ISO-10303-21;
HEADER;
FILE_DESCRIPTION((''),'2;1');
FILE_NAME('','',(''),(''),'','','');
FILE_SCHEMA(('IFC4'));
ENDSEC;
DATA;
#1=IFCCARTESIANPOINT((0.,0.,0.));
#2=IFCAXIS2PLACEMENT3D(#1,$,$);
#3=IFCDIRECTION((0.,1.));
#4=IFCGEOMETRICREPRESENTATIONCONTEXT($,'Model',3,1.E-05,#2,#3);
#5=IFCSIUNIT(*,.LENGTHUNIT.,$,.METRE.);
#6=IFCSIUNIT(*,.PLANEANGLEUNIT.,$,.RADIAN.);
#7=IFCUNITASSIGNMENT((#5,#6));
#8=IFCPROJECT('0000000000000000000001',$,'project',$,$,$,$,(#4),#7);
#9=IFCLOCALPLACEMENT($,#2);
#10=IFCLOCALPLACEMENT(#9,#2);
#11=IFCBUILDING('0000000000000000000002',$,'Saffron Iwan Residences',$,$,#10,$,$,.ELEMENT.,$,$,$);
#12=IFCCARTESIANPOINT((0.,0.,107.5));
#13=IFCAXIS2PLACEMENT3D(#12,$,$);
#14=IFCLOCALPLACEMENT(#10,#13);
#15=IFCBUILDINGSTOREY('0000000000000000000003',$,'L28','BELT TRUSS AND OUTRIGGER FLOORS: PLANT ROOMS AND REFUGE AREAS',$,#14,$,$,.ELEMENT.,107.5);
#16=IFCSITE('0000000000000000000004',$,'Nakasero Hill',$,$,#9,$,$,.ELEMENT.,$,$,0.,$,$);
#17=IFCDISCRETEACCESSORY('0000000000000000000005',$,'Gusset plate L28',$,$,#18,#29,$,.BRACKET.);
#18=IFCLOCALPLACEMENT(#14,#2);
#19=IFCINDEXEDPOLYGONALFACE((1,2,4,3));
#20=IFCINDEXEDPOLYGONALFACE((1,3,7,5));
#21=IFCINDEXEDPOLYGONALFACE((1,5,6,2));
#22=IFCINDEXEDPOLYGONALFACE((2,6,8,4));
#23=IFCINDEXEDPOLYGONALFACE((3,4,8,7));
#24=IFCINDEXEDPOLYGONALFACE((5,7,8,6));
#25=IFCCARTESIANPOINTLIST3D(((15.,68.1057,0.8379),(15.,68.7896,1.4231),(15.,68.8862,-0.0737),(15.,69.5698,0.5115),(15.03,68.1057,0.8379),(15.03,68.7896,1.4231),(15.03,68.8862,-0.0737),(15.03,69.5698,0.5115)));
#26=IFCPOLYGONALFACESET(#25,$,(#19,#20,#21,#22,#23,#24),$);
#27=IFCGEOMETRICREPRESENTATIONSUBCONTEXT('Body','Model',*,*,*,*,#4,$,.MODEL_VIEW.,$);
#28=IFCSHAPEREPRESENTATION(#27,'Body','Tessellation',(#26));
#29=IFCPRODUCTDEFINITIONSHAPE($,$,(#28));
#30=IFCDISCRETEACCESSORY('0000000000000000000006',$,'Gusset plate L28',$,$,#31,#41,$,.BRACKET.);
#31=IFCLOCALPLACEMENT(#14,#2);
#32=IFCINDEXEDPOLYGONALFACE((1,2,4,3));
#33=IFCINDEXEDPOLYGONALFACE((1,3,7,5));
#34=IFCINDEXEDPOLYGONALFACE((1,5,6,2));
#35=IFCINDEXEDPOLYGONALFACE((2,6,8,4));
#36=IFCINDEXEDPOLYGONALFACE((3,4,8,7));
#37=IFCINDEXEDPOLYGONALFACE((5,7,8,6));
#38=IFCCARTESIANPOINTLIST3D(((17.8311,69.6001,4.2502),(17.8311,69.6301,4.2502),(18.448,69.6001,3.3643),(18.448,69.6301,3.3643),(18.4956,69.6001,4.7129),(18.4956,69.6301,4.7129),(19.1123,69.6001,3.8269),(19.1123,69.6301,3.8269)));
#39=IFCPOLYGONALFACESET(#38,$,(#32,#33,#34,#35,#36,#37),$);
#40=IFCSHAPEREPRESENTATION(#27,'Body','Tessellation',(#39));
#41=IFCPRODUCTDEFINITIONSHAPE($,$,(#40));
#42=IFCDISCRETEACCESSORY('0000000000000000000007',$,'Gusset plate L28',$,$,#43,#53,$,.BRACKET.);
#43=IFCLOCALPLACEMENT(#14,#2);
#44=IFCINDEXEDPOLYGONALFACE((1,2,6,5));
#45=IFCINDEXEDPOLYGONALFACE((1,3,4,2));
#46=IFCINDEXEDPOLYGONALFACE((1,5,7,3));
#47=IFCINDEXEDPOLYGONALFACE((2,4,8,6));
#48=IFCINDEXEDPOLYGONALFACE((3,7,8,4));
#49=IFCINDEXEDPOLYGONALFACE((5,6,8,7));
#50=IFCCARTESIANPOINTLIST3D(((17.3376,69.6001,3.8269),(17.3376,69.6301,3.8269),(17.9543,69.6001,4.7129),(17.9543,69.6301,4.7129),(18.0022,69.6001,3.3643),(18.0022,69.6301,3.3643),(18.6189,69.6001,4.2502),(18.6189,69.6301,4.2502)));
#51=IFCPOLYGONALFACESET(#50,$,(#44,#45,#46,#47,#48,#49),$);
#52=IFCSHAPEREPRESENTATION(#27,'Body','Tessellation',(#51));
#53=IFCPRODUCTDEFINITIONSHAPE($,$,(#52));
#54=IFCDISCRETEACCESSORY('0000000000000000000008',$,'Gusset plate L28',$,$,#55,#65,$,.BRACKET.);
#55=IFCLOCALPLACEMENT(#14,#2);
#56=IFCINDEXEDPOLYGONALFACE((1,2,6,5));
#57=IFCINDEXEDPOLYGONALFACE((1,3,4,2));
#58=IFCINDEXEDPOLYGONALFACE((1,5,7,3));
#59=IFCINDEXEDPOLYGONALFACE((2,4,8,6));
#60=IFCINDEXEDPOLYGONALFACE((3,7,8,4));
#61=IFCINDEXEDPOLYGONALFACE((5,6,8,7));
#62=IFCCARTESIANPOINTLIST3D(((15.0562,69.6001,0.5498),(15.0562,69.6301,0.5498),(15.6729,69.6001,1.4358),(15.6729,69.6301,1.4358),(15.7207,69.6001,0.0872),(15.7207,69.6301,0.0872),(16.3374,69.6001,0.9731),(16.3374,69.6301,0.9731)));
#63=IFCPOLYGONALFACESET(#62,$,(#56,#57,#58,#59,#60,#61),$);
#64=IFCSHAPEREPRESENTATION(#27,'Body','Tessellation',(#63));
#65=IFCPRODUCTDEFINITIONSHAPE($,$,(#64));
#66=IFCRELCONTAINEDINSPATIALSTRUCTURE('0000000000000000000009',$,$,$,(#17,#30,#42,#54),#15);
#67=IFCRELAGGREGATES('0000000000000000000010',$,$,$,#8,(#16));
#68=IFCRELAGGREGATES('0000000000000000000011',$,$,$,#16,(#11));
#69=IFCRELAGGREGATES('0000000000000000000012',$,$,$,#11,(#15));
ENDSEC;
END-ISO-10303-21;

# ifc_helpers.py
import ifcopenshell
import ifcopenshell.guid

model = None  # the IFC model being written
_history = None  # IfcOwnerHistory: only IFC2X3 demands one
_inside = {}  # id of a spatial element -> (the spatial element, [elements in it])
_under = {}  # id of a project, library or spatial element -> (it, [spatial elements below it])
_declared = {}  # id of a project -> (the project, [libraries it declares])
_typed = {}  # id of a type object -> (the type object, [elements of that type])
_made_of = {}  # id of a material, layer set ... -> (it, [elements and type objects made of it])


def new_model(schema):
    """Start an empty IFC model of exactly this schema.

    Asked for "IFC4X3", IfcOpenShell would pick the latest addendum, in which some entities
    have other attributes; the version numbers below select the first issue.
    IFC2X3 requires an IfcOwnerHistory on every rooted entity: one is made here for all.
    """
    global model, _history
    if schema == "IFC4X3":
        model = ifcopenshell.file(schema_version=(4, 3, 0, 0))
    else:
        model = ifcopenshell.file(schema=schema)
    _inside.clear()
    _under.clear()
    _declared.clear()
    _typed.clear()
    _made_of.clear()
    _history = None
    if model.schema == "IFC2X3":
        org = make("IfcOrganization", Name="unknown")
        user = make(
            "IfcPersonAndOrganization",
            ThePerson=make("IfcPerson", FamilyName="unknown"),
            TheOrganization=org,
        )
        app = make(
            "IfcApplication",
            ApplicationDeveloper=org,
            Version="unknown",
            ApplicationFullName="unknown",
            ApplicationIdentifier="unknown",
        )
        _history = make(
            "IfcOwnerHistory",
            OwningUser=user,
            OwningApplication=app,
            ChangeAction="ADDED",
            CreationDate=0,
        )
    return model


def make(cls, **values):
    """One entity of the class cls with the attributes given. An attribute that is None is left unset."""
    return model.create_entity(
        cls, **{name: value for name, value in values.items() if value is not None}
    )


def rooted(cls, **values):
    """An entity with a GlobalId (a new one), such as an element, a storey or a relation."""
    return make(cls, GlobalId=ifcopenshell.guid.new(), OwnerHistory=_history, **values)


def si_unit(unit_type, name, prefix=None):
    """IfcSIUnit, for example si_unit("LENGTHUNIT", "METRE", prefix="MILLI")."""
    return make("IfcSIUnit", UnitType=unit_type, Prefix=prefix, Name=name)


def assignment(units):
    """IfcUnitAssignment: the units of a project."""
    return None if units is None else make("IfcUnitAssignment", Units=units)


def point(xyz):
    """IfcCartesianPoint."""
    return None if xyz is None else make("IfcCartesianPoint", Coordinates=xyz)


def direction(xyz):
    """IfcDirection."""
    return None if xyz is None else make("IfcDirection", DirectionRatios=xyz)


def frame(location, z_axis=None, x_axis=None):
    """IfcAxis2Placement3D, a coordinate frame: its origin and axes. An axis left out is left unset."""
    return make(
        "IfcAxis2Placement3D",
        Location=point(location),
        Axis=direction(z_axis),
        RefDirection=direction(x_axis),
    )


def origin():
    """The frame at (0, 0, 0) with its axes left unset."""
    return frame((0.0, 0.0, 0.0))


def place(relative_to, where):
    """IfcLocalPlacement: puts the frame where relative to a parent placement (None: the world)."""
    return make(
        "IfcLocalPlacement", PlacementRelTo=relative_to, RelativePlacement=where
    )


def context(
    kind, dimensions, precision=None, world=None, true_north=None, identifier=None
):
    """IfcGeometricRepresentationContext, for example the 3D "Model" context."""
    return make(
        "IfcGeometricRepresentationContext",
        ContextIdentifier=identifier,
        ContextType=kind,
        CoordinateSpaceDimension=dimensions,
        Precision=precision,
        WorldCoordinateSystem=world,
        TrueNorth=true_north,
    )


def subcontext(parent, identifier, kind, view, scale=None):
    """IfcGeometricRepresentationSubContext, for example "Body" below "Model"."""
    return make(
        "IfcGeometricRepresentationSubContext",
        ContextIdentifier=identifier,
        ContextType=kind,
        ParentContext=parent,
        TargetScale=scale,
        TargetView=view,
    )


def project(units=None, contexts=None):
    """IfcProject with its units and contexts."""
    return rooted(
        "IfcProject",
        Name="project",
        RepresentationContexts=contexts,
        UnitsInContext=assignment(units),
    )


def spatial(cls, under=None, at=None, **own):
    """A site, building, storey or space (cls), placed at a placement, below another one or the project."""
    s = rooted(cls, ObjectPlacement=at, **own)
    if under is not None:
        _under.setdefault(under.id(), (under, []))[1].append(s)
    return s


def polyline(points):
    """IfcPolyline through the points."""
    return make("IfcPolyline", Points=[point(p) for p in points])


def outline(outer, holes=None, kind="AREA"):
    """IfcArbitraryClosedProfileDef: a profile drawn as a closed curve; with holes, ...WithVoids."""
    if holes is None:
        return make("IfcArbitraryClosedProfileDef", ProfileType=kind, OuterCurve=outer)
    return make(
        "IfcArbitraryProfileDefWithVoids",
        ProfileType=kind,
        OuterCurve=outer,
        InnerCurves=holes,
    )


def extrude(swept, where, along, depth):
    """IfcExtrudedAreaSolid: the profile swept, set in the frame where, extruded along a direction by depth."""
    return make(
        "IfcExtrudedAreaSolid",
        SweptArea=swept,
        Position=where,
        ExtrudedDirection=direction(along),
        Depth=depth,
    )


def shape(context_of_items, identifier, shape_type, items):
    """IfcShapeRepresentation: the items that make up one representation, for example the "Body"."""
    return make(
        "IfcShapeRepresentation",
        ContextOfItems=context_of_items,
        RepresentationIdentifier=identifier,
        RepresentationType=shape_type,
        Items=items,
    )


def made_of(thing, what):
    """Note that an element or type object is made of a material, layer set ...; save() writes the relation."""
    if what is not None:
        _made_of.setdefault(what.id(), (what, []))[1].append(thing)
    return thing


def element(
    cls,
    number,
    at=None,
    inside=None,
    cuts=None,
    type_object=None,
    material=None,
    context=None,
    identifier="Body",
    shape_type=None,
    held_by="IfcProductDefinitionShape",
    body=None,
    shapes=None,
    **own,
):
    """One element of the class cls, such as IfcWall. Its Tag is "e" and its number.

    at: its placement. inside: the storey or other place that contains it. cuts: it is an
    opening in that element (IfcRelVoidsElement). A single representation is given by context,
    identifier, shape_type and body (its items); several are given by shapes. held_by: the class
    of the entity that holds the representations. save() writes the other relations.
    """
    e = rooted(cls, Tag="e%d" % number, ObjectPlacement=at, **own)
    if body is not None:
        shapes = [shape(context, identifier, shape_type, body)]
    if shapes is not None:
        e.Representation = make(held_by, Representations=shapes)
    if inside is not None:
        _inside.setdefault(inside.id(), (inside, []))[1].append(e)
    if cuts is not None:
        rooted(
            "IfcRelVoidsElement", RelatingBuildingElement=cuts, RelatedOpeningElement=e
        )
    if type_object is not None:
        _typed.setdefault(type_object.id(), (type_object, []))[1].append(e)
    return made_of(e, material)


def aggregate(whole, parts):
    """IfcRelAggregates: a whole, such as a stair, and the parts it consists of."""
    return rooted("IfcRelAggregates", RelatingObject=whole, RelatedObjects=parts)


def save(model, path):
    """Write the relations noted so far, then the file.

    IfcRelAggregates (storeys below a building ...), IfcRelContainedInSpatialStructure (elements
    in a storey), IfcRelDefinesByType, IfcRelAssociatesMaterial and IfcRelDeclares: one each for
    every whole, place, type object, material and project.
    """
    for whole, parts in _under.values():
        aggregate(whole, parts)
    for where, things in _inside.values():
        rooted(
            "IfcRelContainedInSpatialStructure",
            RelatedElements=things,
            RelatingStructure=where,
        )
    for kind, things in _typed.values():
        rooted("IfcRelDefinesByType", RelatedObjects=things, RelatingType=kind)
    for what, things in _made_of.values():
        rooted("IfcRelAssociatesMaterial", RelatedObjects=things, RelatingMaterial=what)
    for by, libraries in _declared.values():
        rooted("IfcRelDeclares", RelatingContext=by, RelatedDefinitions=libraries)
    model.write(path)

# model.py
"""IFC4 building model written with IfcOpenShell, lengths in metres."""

from ifc_helpers import new_model, si_unit, direction, frame, origin, place, context, subcontext, project, spatial, polyline, outline, extrude, element, save


model = new_model("IFC4")

# Units and contexts
model_context = context("Model", 3, precision=1e-05, world=origin(), true_north=direction((0.0, 1.0)))
body_context = subcontext(model_context, "Body", "Model", "MODEL_VIEW")
ifc_project = project(units=[si_unit("LENGTHUNIT", "METRE"), si_unit("PLANEANGLEUNIT", "RADIAN")], contexts=[model_context])

# Site, building, storey
site_placement = place(None, origin())
site = spatial("IfcSite", under=ifc_project, at=site_placement, Name="Nakasero Hill", CompositionType="ELEMENT", RefElevation=0.0)
building_placement = place(site_placement, origin())
building = spatial("IfcBuilding", under=site, at=building_placement, Name="Saffron Iwan Residences", CompositionType="ELEMENT")
storey_placement = place(building_placement, frame((0.0, 0.0, 107.5)))
storey = spatial("IfcBuildingStorey", under=building, at=storey_placement, Name="L28", Description="BELT TRUSS AND OUTRIGGER FLOORS: PLANT ROOMS AND REFUGE AREAS", CompositionType="ELEMENT", Elevation=107.5)

# Discrete accessories
discrete_accessory_1_placement = place(storey_placement, frame((15.0, 68.8862, -0.0737), z_axis=(-1.0, 0.0, 0.0), x_axis=(0.0, -0.650372, 0.759615)))
element("IfcDiscreteAccessory", 1, at=discrete_accessory_1_placement, inside=storey, Name="Gusset plate L28", PredefinedType="BRACKET", context=body_context, shape_type="SweptSolid", body=[
    extrude(outline(polyline([(0.0, 0.0), (1.2001, 0.0), (1.1999, 0.9001), (-0.0001, 0.8999), (0.0, 0.0)])), origin(), (0.0, 0.0, -1.0), 0.03),
])
discrete_accessory_2_placement = place(storey_placement, frame((17.8311, 69.6001, 4.2502), z_axis=(0.0, -1.0, 0.0), x_axis=(0.571442, 0.0, -0.820642)))
element("IfcDiscreteAccessory", 2, at=discrete_accessory_2_placement, inside=storey, Name="Gusset plate L28", PredefinedType="BRACKET", context=body_context, shape_type="SweptSolid", body=[
    extrude(outline(polyline([(0.0, 0.0), (1.0796, 0.0), (1.0796, 0.8095), (0.0001, 0.8097), (0.0, 0.0)])), origin(), (0.0, 0.0, -1.0), 0.03),
])
for number, where, z_axis, x_axis, name in (
    (3, (17.9543, 69.6001, 4.7129), (0.0, -1.0, 0.0), (-0.57129, 0.0, -0.820748), "Gusset plate L28"),
    (4, (15.7207, 69.6001, 0.0872), (0.0, -1.0, 0.0), (0.57129, 0.0, 0.820748), "Gusset plate L28"),
):
    element("IfcDiscreteAccessory", number, at=place(storey_placement, frame(where, z_axis=z_axis, x_axis=x_axis)), inside=storey, Name=name, PredefinedType="BRACKET", context=body_context, shape_type="SweptSolid", body=[
        extrude(outline(polyline([(0.0, 0.0), (1.0795, 0.0), (1.0796, 0.8097), (0.0001, 0.8097), (0.0, 0.0)])), origin(), (0.0, 0.0, -1.0), 0.03),
    ])

save(model, "model.ifc")
